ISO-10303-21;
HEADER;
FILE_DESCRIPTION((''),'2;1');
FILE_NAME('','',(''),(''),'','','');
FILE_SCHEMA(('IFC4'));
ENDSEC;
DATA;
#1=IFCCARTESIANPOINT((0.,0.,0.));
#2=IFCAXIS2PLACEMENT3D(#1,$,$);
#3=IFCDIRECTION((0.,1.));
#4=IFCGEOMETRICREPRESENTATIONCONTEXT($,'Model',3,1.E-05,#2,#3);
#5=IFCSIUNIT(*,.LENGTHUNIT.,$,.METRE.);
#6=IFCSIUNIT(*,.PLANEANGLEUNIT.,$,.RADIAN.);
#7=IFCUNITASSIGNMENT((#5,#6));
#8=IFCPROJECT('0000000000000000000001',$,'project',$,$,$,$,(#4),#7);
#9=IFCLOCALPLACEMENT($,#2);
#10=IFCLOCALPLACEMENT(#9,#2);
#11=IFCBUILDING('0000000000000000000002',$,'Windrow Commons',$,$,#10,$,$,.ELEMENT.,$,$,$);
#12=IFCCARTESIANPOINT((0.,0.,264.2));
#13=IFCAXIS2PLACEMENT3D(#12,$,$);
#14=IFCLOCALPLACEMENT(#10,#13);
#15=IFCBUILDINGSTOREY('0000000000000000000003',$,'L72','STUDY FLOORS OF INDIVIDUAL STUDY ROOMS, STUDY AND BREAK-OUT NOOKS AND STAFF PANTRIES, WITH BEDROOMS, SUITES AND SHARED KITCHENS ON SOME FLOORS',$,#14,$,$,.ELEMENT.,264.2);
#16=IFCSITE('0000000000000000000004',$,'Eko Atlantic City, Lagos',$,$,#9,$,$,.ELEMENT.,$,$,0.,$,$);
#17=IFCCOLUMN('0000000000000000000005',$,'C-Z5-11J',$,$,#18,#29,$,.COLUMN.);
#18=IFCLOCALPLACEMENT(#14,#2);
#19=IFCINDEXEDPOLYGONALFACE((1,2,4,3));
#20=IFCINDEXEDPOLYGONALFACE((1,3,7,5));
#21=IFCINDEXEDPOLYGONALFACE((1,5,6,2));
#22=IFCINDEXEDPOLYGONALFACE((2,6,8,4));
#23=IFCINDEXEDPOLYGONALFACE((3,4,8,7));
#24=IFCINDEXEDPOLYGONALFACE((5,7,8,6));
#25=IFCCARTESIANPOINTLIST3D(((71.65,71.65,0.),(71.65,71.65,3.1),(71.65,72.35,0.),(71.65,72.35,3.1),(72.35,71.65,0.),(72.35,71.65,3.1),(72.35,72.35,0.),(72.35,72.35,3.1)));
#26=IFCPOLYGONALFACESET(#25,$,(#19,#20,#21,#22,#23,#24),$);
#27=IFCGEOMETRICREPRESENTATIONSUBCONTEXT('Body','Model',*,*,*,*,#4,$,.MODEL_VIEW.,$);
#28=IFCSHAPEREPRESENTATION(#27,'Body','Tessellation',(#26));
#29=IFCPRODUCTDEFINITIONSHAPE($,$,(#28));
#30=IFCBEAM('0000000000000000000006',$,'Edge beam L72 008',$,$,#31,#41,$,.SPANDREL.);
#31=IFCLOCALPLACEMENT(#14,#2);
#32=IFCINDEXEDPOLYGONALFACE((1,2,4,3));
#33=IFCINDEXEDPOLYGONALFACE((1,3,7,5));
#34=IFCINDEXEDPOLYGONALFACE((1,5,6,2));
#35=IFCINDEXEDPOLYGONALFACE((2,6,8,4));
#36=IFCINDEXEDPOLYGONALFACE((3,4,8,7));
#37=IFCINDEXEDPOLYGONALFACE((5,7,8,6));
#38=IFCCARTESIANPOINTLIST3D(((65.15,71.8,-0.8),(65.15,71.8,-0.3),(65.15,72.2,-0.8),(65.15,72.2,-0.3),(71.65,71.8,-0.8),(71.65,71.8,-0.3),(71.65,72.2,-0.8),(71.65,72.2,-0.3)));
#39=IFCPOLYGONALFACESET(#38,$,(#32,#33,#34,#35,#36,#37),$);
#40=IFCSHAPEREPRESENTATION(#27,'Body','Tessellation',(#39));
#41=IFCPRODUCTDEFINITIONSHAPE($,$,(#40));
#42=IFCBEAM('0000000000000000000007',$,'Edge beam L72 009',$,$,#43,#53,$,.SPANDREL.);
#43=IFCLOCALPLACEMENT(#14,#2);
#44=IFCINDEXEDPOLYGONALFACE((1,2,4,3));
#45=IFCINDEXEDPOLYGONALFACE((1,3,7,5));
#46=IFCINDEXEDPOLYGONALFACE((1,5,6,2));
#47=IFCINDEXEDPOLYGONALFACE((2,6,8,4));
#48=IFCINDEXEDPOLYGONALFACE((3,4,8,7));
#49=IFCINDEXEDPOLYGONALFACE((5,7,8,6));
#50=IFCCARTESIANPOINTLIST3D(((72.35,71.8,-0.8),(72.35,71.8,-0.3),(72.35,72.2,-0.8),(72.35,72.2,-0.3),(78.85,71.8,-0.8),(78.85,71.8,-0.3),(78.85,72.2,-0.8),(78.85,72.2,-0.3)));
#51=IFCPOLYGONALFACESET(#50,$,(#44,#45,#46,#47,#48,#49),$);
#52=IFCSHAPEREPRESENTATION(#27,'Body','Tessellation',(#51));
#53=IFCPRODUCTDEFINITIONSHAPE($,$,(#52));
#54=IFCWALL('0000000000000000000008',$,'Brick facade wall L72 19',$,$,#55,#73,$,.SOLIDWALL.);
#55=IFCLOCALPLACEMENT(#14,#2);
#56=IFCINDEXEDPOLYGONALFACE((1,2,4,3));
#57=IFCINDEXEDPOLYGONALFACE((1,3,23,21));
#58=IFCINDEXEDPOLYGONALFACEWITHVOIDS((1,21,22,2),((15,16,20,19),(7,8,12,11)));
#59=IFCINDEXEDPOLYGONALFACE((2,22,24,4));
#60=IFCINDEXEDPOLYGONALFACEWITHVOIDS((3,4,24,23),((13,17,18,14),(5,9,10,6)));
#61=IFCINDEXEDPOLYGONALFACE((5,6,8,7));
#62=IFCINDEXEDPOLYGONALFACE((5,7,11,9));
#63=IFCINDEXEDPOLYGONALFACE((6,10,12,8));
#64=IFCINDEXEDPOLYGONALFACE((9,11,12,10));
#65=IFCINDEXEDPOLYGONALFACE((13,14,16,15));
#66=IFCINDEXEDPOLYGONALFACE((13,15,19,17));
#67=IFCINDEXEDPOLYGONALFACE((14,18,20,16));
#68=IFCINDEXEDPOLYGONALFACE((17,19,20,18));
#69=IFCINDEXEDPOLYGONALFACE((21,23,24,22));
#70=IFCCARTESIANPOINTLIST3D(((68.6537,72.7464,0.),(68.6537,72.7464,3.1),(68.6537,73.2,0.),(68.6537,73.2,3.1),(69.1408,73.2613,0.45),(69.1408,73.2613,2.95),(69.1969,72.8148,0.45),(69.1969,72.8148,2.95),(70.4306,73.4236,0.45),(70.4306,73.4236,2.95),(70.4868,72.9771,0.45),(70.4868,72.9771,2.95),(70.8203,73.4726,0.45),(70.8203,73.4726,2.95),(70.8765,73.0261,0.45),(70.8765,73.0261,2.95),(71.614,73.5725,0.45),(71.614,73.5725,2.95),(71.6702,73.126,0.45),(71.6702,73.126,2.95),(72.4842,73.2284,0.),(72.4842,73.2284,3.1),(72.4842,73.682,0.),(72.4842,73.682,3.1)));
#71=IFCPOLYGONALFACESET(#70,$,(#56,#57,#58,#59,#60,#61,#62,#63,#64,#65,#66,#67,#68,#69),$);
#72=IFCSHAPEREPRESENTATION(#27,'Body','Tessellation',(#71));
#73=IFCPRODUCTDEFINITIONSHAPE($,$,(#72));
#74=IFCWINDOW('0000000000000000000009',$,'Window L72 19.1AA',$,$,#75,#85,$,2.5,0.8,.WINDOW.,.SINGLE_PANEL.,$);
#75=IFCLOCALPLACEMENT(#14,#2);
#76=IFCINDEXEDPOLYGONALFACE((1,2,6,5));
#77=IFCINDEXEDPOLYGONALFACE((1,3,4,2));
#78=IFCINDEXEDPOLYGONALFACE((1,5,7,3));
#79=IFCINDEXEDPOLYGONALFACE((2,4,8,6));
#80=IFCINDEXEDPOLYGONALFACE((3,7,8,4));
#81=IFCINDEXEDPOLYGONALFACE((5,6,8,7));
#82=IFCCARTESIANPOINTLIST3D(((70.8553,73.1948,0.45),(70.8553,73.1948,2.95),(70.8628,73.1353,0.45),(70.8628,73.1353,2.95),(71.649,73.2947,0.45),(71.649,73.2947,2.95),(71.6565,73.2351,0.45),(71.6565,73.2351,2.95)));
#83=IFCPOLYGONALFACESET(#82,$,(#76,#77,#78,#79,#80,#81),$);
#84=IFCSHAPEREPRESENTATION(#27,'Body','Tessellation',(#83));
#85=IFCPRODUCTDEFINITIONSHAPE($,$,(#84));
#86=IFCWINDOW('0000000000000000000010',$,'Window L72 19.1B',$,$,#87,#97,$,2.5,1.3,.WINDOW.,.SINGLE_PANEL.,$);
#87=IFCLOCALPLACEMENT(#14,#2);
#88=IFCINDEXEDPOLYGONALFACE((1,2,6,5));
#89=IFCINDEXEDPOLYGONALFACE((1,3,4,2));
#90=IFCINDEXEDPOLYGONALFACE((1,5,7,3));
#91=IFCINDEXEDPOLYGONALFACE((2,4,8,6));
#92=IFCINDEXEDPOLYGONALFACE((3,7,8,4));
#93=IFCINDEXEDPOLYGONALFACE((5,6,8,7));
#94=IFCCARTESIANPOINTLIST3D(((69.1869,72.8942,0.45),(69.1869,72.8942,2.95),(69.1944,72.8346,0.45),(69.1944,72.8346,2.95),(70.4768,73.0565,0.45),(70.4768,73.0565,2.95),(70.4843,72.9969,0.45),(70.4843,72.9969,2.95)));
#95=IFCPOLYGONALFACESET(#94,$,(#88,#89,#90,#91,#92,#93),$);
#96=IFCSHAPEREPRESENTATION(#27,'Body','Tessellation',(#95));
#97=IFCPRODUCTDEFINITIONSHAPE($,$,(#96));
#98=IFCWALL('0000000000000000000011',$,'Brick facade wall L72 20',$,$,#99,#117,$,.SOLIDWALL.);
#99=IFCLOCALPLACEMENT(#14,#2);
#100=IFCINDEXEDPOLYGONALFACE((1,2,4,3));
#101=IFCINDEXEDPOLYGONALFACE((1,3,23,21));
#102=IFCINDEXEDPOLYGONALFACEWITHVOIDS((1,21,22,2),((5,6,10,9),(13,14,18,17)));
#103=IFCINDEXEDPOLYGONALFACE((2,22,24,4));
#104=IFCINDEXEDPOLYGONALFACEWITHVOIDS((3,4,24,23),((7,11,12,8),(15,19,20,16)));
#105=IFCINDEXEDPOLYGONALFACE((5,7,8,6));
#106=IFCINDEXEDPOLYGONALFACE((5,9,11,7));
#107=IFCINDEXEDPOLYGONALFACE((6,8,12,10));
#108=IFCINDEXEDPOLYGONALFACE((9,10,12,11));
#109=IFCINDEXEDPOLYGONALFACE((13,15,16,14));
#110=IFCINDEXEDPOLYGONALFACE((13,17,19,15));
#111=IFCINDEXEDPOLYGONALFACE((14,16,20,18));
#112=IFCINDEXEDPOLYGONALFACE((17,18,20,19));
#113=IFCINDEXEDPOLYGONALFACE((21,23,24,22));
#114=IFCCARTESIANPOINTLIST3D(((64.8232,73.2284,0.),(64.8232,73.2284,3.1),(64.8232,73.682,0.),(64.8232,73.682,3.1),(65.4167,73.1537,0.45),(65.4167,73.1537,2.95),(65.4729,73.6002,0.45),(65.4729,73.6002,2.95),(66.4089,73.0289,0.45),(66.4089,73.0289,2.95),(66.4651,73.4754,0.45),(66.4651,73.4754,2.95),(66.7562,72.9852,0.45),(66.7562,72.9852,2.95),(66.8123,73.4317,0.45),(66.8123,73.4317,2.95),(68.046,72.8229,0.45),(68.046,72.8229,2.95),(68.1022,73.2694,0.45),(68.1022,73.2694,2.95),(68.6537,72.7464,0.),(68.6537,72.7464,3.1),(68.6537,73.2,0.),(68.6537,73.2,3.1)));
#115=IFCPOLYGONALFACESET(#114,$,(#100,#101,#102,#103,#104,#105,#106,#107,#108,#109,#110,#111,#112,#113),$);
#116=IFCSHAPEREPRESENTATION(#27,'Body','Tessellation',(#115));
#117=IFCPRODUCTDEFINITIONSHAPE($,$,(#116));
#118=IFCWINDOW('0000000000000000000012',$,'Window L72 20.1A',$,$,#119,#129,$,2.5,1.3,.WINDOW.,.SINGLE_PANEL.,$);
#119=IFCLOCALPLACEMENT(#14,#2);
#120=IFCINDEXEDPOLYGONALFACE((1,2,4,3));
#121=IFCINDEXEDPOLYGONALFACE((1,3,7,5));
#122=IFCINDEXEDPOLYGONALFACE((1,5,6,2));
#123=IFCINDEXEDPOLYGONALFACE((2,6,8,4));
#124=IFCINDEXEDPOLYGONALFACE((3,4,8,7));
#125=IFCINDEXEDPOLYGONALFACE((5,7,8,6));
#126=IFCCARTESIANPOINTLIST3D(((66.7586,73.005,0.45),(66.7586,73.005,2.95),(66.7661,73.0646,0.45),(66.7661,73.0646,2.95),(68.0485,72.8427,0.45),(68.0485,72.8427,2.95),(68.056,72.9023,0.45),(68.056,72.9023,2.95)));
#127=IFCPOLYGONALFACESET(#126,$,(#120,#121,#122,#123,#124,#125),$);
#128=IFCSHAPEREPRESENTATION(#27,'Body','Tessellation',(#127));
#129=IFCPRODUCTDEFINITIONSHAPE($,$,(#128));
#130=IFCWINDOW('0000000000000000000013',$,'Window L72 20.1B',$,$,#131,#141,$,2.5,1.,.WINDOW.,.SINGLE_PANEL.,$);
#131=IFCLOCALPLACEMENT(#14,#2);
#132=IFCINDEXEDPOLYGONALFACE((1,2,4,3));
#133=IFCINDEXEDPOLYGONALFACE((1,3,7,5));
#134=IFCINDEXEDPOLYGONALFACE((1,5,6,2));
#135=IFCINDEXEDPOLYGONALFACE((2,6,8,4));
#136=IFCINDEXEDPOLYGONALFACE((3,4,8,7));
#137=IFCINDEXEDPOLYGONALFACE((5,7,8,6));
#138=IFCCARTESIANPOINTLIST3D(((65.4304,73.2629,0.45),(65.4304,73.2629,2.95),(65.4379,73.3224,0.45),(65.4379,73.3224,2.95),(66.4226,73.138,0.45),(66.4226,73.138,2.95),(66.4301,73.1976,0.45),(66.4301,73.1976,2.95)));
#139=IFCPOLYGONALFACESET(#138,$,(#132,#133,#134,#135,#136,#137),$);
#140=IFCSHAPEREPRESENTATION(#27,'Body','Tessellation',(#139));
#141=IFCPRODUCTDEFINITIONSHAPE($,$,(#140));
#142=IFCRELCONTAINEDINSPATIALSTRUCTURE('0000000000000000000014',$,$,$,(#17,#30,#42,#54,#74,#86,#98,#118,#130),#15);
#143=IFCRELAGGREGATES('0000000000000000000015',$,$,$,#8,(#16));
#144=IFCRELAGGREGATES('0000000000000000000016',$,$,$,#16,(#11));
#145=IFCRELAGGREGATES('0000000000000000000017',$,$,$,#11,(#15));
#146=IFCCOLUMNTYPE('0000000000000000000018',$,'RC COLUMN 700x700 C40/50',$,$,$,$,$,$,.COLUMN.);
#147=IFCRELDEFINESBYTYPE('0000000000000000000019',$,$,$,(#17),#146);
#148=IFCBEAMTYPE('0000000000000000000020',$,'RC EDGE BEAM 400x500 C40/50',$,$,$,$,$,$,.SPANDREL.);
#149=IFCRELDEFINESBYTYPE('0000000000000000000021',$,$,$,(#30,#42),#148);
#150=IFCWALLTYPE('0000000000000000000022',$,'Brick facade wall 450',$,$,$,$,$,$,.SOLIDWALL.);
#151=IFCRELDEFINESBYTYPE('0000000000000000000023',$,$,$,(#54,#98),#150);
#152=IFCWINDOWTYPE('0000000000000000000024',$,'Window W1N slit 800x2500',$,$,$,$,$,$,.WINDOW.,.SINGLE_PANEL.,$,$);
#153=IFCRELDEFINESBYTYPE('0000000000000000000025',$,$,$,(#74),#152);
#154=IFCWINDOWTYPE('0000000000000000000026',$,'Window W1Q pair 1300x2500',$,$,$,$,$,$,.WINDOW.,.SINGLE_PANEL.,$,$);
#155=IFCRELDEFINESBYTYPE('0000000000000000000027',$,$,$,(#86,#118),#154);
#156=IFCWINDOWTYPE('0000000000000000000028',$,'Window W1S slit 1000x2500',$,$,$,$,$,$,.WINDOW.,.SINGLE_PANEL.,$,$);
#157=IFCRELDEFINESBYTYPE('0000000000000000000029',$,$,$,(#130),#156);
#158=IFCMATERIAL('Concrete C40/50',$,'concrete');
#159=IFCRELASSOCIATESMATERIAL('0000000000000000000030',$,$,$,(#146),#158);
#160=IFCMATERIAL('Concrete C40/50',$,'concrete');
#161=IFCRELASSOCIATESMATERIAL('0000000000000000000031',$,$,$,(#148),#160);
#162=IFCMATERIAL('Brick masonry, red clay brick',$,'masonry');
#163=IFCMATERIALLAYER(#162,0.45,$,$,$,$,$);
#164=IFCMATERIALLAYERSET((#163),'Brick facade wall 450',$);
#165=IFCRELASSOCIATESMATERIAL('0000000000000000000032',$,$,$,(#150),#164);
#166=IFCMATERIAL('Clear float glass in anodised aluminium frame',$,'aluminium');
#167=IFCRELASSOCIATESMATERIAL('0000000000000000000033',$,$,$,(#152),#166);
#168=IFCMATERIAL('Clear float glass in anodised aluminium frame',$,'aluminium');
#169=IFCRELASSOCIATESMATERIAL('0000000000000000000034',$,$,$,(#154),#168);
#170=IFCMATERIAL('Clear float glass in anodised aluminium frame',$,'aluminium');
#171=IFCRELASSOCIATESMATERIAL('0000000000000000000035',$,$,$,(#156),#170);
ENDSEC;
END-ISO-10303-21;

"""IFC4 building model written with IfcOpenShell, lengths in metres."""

from ifc_helpers import new_model, si_unit, direction, frame, frame_2d, origin, origin_2d, place, context, subcontext, project, spatial, polyline, rectangle, outline, extrude, material, layer, layer_set, material_profile, profile_set, type_object, element, fill, save


model = new_model("IFC4")

# Units and contexts
model_context = context("Model", 3, precision=1e-05, world=origin(), true_north=direction((0.0, 1.0)))
body_context = subcontext(model_context, "Body", "Model", "MODEL_VIEW")
ifc_project = project(units=[si_unit("LENGTHUNIT", "METRE"), si_unit("PLANEANGLEUNIT", "RADIAN")], contexts=[model_context])

# Site, building, storey
site_placement = place(None, origin())
site = spatial("IfcSite", under=ifc_project, at=site_placement, Name="Eko Atlantic City, Lagos", CompositionType="ELEMENT", RefElevation=0.0)
building_placement = place(site_placement, origin())
building = spatial("IfcBuilding", under=site, at=building_placement, Name="Windrow Commons", CompositionType="ELEMENT")
storey_placement = place(building_placement, frame((0.0, 0.0, 264.2)))
storey = spatial("IfcBuildingStorey", under=building, at=storey_placement, Name="L72", Description="STUDY FLOORS OF INDIVIDUAL STUDY ROOMS, STUDY AND BREAK-OUT NOOKS AND STAFF PANTRIES, WITH BEDROOMS, SUITES AND SHARED KITCHENS ON SOME FLOORS", CompositionType="ELEMENT", Elevation=264.2)

# Column
ifc_material_1 = material(Name="Concrete C40/50", Category="concrete")
ifc_material_profile_1 = material_profile(ifc_material_1, rectangle(XDim=0.7, YDim=0.7, at=origin_2d()))
ifc_profile_set_1 = profile_set([ifc_material_profile_1], Name="Concrete C40/50")
column_type = type_object("IfcColumnType", Name="RC COLUMN 700x700 C40/50", PredefinedType="COLUMN", material=ifc_profile_set_1)
column_placement = place(storey_placement, frame((72.0, 72.0, 0.0), z_axis=(0.0, 0.0, 1.0), x_axis=(1.0, 0.0, 0.0)))
element("IfcColumn", 1, at=column_placement, inside=storey, type_object=column_type, Name="C-Z5-11J", PredefinedType="COLUMN", context=body_context, shape_type="SweptSolid", body=[
    extrude(rectangle(XDim=0.7, YDim=0.7, at=origin_2d()), origin(), (0.0, 0.0, 1.0), 3.1),
])

# Beams
ifc_material_2 = material(Name="Concrete C40/50", Category="concrete")
ifc_material_profile_2 = material_profile(ifc_material_2, rectangle(XDim=0.4, YDim=0.5, at=origin_2d()))
ifc_profile_set_2 = profile_set([ifc_material_profile_2], Name="Concrete C40/50")
beam_type = type_object("IfcBeamType", Name="RC EDGE BEAM 400x500 C40/50", PredefinedType="SPANDREL", material=ifc_profile_set_2)
for number, where, z_axis, x_axis, name in (
    (2, (65.15, 72.0, -0.55), (1.0, 0.0, 0.0), (0.0, 1.0, 0.0), "Edge beam L72 008"),
    (3, (72.35, 72.0, -0.55), (1.0, 0.0, 0.0), (0.0, 1.0, 0.0), "Edge beam L72 009"),
):
    element("IfcBeam", number, at=place(storey_placement, frame(where, z_axis=z_axis, x_axis=x_axis)), inside=storey, type_object=beam_type, Name=name, PredefinedType="SPANDREL", context=body_context, shape_type="SweptSolid", body=[
        extrude(rectangle(XDim=0.4, YDim=0.5, at=origin_2d()), origin(), (0.0, 0.0, 1.0), 6.5),
    ])

# Walls, openings, windows
ifc_material_3 = material(Name="Brick masonry, red clay brick", Category="masonry")
ifc_layer_1 = layer(ifc_material_3, 0.45)
ifc_layer_set_1 = layer_set([ifc_layer_1], Name="Brick facade wall 450")
wall_type_1 = type_object("IfcWallType", Name="Brick facade wall 450", PredefinedType="SOLIDWALL", material=ifc_layer_set_1)
wall_1_placement = place(storey_placement, frame((72.4842, 73.4552, 0.0), z_axis=(0.0, 0.0, 1.0), x_axis=(-0.992176, -0.124848, 0.0)))
wall_1 = element("IfcWall", 4, at=wall_1_placement, inside=storey, type_object=wall_type_1, Name="Brick facade wall L72 19", PredefinedType="SOLIDWALL", context=body_context, shape_type="SweptSolid", body=[
    extrude(outline(polyline([(-0.0283, -0.225), (3.8324, -0.225), (3.889, 0.225), (0.0283, 0.225), (-0.0283, -0.225)])), origin(), (0.0, 0.0, 1.0), 3.1),
])
opening_1_placement = place(wall_1_placement, frame((2.0415, 0.0, 0.45)))
opening_1 = element("IfcOpeningElement", 5, at=opening_1_placement, cuts=wall_1, PredefinedType="OPENING", context=body_context, shape_type="SweptSolid", body=[
    extrude(rectangle(XDim=1.3, YDim=2.5, at=frame_2d((0.65, 1.25))), frame((0.0, 0.235, 0.0), z_axis=(0.0, -1.0, 0.0), x_axis=(1.0, 0.0, 0.0)), (0.0, 0.0, 1.0), 0.47),
])
opening_2_placement = place(wall_1_placement, frame((0.8487, 0.0, 0.45)))
opening_2 = element("IfcOpeningElement", 6, at=opening_2_placement, cuts=wall_1, PredefinedType="OPENING", context=body_context, shape_type="SweptSolid", body=[
    extrude(rectangle(XDim=0.8, YDim=2.5, at=frame_2d((0.4, 1.25))), frame((0.0, 0.235, 0.0), z_axis=(0.0, -1.0, 0.0), x_axis=(1.0, 0.0, 0.0)), (0.0, 0.0, 1.0), 0.47),
])
ifc_material_4 = material(Name="Clear float glass in anodised aluminium frame", Category="aluminium")
window_type_1 = type_object("IfcWindowType", Name="Window W1N slit 800x2500", PartitioningType="SINGLE_PANEL", PredefinedType="WINDOW", material=ifc_material_4)
window_1_placement = place(opening_2_placement, origin())
window_1 = element("IfcWindow", 7, at=window_1_placement, inside=storey, type_object=window_type_1, Name="Window L72 19.1AA", OverallHeight=2.5, OverallWidth=0.8, PartitioningType="SINGLE_PANEL", PredefinedType="WINDOW", context=body_context, shape_type="SweptSolid", body=[
    extrude(rectangle(XDim=0.8, YDim=2.5, at=frame_2d((0.4, 1.25))), frame((0.0, 0.115, 0.0), z_axis=(0.0, -1.0, 0.0), x_axis=(1.0, 0.0, 0.0)), (0.0, 0.0, 1.0), 0.06),
])
fill(opening_2, window_1)
ifc_material_5 = material(Name="Clear float glass in anodised aluminium frame", Category="aluminium")
window_type_2 = type_object("IfcWindowType", Name="Window W1Q pair 1300x2500", PartitioningType="SINGLE_PANEL", PredefinedType="WINDOW", material=ifc_material_5)
window_2_placement = place(opening_1_placement, origin())
window_2 = element("IfcWindow", 8, at=window_2_placement, inside=storey, type_object=window_type_2, Name="Window L72 19.1B", OverallHeight=2.5, OverallWidth=1.3, PartitioningType="SINGLE_PANEL", PredefinedType="WINDOW", context=body_context, shape_type="SweptSolid", body=[
    extrude(rectangle(XDim=1.3, YDim=2.5, at=frame_2d((0.65, 1.25))), frame((0.0, 0.205, 0.0), z_axis=(0.0, -1.0, 0.0), x_axis=(1.0, 0.0, 0.0)), (0.0, 0.0, 1.0), 0.06),
])
fill(opening_1, window_2)
wall_2_placement = place(storey_placement, frame((68.6537, 72.9732, 0.0), z_axis=(0.0, 0.0, 1.0), x_axis=(-0.992176, 0.124848, 0.0)))
wall_2 = element("IfcWall", 9, at=wall_2_placement, inside=storey, type_object=wall_type_1, Name="Brick facade wall L72 20", PredefinedType="SOLIDWALL", context=body_context, shape_type="SweptSolid", body=[
    extrude(outline(polyline([(0.0283, -0.225), (3.889, -0.225), (3.8324, 0.225), (-0.0283, 0.225), (0.0283, -0.225)])), origin(), (0.0, 0.0, 1.0), 3.1),
])
opening_3_placement = place(wall_2_placement, frame((0.5842, 0.0, 0.45)))
opening_3 = element("IfcOpeningElement", 10, at=opening_3_placement, cuts=wall_2, PredefinedType="OPENING", context=body_context, shape_type="SweptSolid", body=[
    extrude(rectangle(XDim=1.3, YDim=2.5, at=frame_2d((0.65, 1.25))), frame((0.0, 0.235, 0.0), z_axis=(0.0, -1.0, 0.0), x_axis=(1.0, 0.0, 0.0)), (0.0, 0.0, 1.0), 0.47),
])
opening_4_placement = place(wall_2_placement, frame((2.2342, 0.0, 0.45)))
opening_4 = element("IfcOpeningElement", 11, at=opening_4_placement, cuts=wall_2, PredefinedType="OPENING", context=body_context, shape_type="SweptSolid", body=[
    extrude(rectangle(XDim=1.0, YDim=2.5, at=frame_2d((0.5, 1.25))), frame((0.0, 0.235, 0.0), z_axis=(0.0, -1.0, 0.0), x_axis=(1.0, 0.0, 0.0)), (0.0, 0.0, 1.0), 0.47),
])
window_3_placement = place(opening_3_placement, origin())
window_3 = element("IfcWindow", 12, at=window_3_placement, inside=storey, type_object=window_type_2, Name="Window L72 20.1A", OverallHeight=2.5, OverallWidth=1.3, PartitioningType="SINGLE_PANEL", PredefinedType="WINDOW", context=body_context, shape_type="SweptSolid", body=[
    extrude(rectangle(XDim=1.3, YDim=2.5, at=frame_2d((0.65, 1.25))), frame((0.0, 0.205, 0.0), z_axis=(0.0, -1.0, 0.0), x_axis=(1.0, 0.0, 0.0)), (0.0, 0.0, 1.0), 0.06),
])
fill(opening_3, window_3)
ifc_material_6 = material(Name="Clear float glass in anodised aluminium frame", Category="aluminium")
window_type_3 = type_object("IfcWindowType", Name="Window W1S slit 1000x2500", PartitioningType="SINGLE_PANEL", PredefinedType="WINDOW", material=ifc_material_6)
window_4_placement = place(opening_4_placement, origin())
window_4 = element("IfcWindow", 13, at=window_4_placement, inside=storey, type_object=window_type_3, Name="Window L72 20.1B", OverallHeight=2.5, OverallWidth=1.0, PartitioningType="SINGLE_PANEL", PredefinedType="WINDOW", context=body_context, shape_type="SweptSolid", body=[
    extrude(rectangle(XDim=1.0, YDim=2.5, at=frame_2d((0.5, 1.25))), frame((0.0, 0.115, 0.0), z_axis=(0.0, -1.0, 0.0), x_axis=(1.0, 0.0, 0.0)), (0.0, 0.0, 1.0), 0.06),
])
fill(opening_4, window_4)

save(model, "model.ifc")
